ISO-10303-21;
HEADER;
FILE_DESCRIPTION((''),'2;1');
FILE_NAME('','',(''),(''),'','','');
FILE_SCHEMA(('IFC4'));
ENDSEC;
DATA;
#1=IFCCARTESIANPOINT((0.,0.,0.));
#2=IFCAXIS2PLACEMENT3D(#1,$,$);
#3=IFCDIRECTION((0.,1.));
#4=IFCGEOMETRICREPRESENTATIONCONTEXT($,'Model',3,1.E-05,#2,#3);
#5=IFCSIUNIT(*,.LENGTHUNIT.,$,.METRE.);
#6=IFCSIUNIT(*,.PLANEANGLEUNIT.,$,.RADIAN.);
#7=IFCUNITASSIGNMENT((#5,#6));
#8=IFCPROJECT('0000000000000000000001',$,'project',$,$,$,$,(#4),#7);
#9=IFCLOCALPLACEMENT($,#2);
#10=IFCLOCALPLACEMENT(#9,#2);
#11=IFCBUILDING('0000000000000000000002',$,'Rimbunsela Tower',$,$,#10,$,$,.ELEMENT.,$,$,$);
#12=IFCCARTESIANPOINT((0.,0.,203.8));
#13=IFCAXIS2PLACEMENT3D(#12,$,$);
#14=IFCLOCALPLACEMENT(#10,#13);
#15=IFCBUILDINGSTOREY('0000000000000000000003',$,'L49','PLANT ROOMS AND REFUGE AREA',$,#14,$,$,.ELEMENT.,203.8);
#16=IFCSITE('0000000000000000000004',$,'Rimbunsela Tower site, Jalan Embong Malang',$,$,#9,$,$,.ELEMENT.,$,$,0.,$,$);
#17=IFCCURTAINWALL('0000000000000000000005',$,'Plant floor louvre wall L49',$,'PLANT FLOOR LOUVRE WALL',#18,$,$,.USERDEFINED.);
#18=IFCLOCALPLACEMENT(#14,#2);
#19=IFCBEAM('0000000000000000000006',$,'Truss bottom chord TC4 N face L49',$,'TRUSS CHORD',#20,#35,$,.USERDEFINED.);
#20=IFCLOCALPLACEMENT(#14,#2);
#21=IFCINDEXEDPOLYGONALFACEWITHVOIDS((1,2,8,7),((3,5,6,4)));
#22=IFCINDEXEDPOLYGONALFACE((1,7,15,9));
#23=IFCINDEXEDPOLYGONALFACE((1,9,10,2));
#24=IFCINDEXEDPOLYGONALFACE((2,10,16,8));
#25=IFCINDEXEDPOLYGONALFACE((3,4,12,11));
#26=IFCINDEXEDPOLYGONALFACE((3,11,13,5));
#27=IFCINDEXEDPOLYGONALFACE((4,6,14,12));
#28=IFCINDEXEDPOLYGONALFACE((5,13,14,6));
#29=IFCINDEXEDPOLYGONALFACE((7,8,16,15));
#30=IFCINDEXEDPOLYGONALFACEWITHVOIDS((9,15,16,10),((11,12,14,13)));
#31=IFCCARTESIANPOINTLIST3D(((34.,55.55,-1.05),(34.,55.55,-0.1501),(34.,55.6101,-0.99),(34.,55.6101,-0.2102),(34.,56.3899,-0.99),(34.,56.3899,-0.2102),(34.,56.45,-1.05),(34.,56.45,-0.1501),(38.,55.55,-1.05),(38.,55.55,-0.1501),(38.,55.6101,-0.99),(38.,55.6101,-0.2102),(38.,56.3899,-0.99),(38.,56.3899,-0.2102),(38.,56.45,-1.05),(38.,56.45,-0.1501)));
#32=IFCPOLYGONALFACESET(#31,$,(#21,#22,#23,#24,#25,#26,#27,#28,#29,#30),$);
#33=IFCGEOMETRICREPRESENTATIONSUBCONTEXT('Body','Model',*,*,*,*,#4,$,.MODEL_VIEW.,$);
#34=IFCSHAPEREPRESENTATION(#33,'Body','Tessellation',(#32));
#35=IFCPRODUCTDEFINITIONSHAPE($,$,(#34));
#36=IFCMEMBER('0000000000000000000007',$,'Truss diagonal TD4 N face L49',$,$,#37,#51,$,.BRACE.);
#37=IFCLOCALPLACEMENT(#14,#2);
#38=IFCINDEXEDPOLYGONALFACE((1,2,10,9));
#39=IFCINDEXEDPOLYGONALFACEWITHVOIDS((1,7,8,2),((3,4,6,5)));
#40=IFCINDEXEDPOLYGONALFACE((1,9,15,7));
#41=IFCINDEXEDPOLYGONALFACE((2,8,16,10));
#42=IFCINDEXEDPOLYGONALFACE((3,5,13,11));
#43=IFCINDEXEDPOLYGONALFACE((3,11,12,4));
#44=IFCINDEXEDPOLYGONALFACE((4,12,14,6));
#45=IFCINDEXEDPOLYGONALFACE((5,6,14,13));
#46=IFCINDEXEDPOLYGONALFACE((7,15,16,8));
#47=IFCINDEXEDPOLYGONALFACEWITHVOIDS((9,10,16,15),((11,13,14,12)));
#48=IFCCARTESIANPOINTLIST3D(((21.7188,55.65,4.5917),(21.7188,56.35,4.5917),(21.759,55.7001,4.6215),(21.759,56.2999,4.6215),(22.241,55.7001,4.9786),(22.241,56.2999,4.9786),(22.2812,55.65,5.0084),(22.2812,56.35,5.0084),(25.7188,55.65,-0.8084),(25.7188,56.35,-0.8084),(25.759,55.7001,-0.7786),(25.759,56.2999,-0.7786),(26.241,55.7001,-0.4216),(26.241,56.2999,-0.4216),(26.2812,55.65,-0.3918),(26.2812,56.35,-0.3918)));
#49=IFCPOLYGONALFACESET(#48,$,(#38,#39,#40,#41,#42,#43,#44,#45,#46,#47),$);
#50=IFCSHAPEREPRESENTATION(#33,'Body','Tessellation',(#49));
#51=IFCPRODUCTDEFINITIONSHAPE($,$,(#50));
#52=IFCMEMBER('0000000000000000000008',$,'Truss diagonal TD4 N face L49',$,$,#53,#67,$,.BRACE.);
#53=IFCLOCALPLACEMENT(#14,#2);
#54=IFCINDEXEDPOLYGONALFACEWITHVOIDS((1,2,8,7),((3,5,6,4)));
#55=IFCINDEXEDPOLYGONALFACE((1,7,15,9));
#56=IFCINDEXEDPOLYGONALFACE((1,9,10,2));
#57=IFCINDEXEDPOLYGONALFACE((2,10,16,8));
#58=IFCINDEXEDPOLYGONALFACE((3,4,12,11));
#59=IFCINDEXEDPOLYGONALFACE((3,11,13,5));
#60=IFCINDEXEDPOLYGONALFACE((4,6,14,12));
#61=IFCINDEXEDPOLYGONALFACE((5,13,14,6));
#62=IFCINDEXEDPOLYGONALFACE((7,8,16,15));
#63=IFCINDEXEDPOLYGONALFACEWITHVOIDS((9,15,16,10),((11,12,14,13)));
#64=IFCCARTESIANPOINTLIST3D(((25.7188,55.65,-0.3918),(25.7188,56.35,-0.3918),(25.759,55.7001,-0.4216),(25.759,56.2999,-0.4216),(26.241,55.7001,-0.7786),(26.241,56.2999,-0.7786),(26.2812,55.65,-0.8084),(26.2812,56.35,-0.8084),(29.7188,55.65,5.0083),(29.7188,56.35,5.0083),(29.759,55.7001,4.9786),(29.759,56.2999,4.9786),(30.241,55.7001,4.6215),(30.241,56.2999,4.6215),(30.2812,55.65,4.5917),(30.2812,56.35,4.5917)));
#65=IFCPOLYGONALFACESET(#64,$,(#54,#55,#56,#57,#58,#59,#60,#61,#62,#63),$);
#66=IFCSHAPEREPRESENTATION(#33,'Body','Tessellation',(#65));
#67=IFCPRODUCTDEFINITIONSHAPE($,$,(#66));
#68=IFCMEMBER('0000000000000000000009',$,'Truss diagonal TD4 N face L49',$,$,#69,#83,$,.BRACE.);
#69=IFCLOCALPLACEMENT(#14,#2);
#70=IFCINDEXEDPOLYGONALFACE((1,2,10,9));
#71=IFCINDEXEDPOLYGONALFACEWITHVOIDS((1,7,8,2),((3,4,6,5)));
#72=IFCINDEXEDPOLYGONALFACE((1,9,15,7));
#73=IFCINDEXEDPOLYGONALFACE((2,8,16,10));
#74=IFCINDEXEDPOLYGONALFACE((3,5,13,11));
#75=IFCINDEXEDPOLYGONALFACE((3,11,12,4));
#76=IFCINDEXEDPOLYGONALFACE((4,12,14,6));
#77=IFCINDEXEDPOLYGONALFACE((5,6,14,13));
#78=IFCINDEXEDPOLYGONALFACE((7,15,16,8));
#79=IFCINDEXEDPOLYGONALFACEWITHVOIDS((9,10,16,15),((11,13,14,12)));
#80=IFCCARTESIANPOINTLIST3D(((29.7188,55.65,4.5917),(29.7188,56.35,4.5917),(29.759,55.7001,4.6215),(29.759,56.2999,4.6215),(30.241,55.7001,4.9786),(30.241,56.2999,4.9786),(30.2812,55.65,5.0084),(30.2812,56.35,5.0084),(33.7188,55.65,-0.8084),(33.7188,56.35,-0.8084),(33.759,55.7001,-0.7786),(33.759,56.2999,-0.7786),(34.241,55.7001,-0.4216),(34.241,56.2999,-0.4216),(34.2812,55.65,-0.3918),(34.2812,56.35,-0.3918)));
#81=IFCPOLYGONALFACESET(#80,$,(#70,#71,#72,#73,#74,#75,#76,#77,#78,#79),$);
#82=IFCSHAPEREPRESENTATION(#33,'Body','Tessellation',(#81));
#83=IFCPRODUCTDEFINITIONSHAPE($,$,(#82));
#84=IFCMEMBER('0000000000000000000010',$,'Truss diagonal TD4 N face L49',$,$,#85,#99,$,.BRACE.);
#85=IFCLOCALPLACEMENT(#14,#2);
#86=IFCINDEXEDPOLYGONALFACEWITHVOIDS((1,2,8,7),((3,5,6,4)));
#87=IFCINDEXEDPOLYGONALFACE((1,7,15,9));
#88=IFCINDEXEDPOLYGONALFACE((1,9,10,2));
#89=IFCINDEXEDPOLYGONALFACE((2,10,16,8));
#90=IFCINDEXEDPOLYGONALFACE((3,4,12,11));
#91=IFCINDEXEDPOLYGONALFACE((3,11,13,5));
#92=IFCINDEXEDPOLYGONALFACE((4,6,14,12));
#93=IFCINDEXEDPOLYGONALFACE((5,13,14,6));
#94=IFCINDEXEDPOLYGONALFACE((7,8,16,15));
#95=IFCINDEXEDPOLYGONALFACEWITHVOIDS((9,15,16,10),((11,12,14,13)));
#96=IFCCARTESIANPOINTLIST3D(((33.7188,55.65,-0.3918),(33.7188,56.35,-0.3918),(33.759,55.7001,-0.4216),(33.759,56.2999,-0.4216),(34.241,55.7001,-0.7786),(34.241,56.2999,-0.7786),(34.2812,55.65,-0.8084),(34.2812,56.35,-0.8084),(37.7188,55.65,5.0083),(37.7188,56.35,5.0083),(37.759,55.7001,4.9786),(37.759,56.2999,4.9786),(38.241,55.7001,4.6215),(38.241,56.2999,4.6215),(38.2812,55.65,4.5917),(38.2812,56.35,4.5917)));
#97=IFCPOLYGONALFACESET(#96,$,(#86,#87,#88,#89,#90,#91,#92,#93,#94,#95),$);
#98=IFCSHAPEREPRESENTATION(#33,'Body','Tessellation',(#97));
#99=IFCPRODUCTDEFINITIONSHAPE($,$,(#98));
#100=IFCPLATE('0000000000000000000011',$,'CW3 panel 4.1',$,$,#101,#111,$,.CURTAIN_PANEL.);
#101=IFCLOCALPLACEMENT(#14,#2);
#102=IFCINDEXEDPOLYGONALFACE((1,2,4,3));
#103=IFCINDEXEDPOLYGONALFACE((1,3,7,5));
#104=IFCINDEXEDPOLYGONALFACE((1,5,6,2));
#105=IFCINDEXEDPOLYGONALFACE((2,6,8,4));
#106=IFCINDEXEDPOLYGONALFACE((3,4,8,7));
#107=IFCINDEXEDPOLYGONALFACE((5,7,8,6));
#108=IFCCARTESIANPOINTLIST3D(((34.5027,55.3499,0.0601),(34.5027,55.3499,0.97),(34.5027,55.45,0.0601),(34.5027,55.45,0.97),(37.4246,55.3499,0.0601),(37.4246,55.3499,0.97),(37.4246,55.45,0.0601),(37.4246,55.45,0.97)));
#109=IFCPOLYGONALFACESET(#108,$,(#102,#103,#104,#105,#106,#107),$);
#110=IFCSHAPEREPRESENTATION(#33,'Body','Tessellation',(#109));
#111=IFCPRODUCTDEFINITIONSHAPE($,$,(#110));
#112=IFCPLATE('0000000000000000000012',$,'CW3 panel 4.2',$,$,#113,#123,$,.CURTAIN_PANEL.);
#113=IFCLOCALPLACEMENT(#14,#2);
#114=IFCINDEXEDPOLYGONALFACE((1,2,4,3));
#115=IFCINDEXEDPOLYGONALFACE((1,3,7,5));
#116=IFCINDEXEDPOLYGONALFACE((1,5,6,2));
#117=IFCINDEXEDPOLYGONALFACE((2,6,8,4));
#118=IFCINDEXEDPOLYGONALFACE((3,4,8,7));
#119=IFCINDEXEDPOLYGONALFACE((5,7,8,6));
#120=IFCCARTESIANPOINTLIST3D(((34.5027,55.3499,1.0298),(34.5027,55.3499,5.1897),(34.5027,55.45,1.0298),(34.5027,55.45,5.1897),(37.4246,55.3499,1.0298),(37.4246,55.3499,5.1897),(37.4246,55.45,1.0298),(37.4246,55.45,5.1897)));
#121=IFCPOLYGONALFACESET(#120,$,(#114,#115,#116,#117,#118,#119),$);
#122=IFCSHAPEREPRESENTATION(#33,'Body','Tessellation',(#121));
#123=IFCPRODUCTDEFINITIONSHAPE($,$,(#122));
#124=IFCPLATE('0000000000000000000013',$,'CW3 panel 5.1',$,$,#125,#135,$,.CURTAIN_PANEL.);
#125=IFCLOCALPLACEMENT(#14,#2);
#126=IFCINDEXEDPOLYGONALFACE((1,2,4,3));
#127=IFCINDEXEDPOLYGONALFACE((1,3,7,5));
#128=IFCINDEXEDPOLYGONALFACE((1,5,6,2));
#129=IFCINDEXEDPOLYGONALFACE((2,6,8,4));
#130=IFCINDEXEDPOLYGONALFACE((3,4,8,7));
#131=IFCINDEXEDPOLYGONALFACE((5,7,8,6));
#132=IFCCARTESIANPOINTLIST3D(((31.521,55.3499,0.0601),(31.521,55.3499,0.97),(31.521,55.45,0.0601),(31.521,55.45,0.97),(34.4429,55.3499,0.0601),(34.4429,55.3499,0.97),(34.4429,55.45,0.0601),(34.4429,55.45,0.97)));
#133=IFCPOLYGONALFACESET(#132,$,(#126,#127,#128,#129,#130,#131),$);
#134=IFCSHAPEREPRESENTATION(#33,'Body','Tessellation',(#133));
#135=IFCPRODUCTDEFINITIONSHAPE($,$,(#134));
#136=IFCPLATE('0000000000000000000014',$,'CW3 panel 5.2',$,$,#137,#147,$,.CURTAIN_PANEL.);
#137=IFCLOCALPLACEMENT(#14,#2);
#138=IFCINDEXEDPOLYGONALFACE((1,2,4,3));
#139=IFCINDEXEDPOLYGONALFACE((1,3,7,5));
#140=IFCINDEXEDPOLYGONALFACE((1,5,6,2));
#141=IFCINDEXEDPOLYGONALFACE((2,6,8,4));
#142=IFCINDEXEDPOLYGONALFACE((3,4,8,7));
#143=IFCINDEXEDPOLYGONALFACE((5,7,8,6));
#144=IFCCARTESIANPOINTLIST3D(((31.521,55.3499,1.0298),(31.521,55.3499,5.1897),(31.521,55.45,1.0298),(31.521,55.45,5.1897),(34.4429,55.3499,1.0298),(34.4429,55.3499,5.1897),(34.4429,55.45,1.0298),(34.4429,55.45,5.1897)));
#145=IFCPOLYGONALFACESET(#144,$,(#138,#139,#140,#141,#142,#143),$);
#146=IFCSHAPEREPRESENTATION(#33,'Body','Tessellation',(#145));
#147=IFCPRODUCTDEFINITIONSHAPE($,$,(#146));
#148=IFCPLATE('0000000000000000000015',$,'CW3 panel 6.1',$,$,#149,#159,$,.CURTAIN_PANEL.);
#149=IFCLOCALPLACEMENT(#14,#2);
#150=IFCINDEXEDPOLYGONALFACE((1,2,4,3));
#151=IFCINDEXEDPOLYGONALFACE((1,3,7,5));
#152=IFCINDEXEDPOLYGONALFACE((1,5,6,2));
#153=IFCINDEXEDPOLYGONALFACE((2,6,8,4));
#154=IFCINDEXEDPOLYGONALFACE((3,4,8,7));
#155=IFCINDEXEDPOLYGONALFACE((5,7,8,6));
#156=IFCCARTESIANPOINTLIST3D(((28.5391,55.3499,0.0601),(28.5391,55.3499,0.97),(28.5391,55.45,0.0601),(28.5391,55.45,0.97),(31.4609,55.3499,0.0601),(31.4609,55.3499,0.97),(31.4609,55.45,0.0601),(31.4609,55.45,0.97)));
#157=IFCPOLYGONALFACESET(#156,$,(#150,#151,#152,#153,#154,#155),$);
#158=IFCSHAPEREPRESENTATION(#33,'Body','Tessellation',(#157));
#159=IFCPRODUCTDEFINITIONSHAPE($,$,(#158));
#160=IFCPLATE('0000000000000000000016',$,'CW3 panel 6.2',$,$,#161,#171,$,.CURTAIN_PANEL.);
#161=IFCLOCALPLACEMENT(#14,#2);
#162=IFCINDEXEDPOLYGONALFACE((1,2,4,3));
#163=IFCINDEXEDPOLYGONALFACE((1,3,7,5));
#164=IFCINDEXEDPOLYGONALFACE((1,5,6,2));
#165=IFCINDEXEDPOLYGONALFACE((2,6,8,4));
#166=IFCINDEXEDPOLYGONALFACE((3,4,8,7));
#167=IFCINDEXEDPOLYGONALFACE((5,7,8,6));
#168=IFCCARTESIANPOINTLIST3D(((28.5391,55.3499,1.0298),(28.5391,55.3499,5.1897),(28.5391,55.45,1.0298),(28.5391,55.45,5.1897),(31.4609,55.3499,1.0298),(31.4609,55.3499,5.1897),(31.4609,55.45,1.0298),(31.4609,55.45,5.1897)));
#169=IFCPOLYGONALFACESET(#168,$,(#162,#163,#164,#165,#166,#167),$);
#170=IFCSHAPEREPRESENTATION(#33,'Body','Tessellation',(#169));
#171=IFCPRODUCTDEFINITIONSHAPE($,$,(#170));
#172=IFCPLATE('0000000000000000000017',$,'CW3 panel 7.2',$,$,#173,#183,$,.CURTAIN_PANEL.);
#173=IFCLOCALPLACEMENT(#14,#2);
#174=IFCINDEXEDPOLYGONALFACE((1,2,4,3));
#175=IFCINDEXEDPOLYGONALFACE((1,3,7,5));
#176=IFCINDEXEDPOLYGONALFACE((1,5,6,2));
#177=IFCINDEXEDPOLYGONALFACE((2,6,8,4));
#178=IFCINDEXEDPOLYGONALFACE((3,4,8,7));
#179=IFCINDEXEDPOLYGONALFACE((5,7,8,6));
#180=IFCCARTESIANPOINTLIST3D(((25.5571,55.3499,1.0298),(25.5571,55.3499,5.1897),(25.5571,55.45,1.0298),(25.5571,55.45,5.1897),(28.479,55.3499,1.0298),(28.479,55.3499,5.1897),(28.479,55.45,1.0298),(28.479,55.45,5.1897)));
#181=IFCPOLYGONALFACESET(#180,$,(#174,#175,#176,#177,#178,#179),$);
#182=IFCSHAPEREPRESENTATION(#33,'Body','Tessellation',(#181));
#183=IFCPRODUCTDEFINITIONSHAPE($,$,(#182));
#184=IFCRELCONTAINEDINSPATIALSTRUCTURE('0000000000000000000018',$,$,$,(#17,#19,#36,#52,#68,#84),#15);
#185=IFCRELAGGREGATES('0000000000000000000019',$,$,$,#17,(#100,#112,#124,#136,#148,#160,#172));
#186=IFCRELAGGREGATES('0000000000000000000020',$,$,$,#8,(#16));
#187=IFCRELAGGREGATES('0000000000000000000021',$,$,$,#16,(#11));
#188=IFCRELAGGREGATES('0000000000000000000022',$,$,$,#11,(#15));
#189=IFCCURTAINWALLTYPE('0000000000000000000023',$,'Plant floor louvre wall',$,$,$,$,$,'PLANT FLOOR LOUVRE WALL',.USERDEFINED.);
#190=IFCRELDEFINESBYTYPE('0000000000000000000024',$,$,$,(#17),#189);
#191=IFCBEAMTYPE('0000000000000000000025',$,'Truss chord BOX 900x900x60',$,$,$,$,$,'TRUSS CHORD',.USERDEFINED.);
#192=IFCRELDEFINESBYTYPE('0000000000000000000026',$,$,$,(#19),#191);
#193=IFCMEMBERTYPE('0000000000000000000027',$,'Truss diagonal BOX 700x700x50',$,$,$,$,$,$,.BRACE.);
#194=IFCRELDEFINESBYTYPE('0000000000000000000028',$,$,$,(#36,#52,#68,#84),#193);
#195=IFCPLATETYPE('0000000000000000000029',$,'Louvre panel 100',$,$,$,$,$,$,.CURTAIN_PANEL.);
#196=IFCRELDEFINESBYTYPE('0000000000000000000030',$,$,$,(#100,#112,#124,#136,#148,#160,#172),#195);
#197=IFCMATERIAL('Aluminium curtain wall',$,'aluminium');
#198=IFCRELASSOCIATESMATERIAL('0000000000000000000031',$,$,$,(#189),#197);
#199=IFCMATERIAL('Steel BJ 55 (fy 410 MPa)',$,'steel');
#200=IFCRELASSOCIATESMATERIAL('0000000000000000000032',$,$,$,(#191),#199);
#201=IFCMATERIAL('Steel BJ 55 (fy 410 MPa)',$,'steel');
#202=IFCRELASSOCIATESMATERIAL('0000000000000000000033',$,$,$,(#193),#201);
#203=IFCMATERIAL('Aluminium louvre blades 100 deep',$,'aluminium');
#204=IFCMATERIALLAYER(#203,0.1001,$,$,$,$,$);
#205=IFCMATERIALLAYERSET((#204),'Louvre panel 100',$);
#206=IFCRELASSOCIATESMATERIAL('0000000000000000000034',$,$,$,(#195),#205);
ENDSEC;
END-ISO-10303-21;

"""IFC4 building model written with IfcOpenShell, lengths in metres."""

from ifc_helpers import new_model, si_unit, direction, frame, origin, origin_2d, place, context, subcontext, project, spatial, rectangle, hollow_rectangle, extrude, material, layer, layer_set, material_profile, profile_set, type_object, element, aggregate, save


model = new_model("IFC4")

# Units and contexts
model_context = context("Model", 3, precision=1e-05, world=origin(), true_north=direction((0.0, 1.0)))
body_context = subcontext(model_context, "Body", "Model", "MODEL_VIEW")
ifc_project = project(units=[si_unit("LENGTHUNIT", "METRE"), si_unit("PLANEANGLEUNIT", "RADIAN")], contexts=[model_context])

# Site, building, storey
site_placement = place(None, origin())
site = spatial("IfcSite", under=ifc_project, at=site_placement, Name="Rimbunsela Tower site, Jalan Embong Malang", CompositionType="ELEMENT", RefElevation=0.0)
building_placement = place(site_placement, origin())
building = spatial("IfcBuilding", under=site, at=building_placement, Name="Rimbunsela Tower", CompositionType="ELEMENT")
storey_placement = place(building_placement, frame((0.0, 0.0, 203.8)))
storey = spatial("IfcBuildingStorey", under=building, at=storey_placement, Name="L49", Description="PLANT ROOMS AND REFUGE AREA", CompositionType="ELEMENT", Elevation=203.8)

# Curtain wall
ifc_material_1 = material(Name="Aluminium curtain wall", Category="aluminium")
curtain_wall_type = type_object("IfcCurtainWallType", Name="Plant floor louvre wall", ElementType="PLANT FLOOR LOUVRE WALL", PredefinedType="USERDEFINED", material=ifc_material_1)
curtain_wall_placement = place(storey_placement, origin())
curtain_wall = element("IfcCurtainWall", 1, at=curtain_wall_placement, inside=storey, type_object=curtain_wall_type, Name="Plant floor louvre wall L49", ObjectType="PLANT FLOOR LOUVRE WALL", PredefinedType="USERDEFINED")

# Beam
ifc_material_2 = material(Name="Steel BJ 55 (fy 410 MPa)", Category="steel")
ifc_material_profile_1 = material_profile(ifc_material_2, hollow_rectangle(XDim=0.8999, YDim=0.8999, WallThickness=0.0601, at=origin_2d()), Name="BOX 900x900x60")
ifc_profile_set_1 = profile_set([ifc_material_profile_1], Name="Steel BJ 55 (fy 410 MPa)")
beam_type = type_object("IfcBeamType", Name="Truss chord BOX 900x900x60", ElementType="TRUSS CHORD", PredefinedType="USERDEFINED", material=ifc_profile_set_1)
for number, where, z_axis, x_axis, name in (
    (2, (34.0, 56.0, -0.6001), (1.0, 0.0, 0.0), (0.0, 1.0, 0.0), "Truss bottom chord TC4 N face L49"),
):
    element("IfcBeam", number, at=place(storey_placement, frame(where, z_axis=z_axis, x_axis=x_axis)), inside=storey, type_object=beam_type, Name=name, ObjectType="TRUSS CHORD", PredefinedType="USERDEFINED", context=body_context, shape_type="SweptSolid", body=[
        extrude(hollow_rectangle(XDim=0.8999, YDim=0.8999, WallThickness=0.0601, at=origin_2d()), origin(), (0.0, 0.0, 1.0), 4.0),
    ])

# Members
ifc_material_3 = material(Name="Steel BJ 55 (fy 410 MPa)", Category="steel")
ifc_material_profile_2 = material_profile(ifc_material_3, hollow_rectangle(XDim=0.7, YDim=0.7, WallThickness=0.05, at=origin_2d()), Name="BOX 700x700x50")
ifc_profile_set_2 = profile_set([ifc_material_profile_2], Name="Steel BJ 55 (fy 410 MPa)")
member_type_1 = type_object("IfcMemberType", Name="Truss diagonal BOX 700x700x50", PredefinedType="BRACE", material=ifc_profile_set_2)
for number, where, z_axis, x_axis, name in (
    (3, (22.0, 56.0, 4.8), (0.595217, 0.0, -0.803565), (0.0, 1.0, 0.0), "Truss diagonal TD4 N face L49"),
    (4, (26.0, 56.0, -0.6001), (0.595217, 0.0, 0.803565), (0.0, 1.0, 0.0), "Truss diagonal TD4 N face L49"),
    (5, (30.0, 56.0, 4.8), (0.595217, 0.0, -0.803565), (0.0, 1.0, 0.0), "Truss diagonal TD4 N face L49"),
    (6, (34.0, 56.0, -0.6001), (0.595217, 0.0, 0.803565), (0.0, 1.0, 0.0), "Truss diagonal TD4 N face L49"),
):
    element("IfcMember", number, at=place(storey_placement, frame(where, z_axis=z_axis, x_axis=x_axis)), inside=storey, type_object=member_type_1, Name=name, PredefinedType="BRACE", context=body_context, shape_type="SweptSolid", body=[
        extrude(hollow_rectangle(XDim=0.7, YDim=0.7, WallThickness=0.05, at=origin_2d()), origin(), (0.0, 0.0, 1.0), 6.7202),
    ])

# Plates
ifc_material_4 = material(Name="Aluminium louvre blades 100 deep", Category="aluminium")
ifc_layer = layer(ifc_material_4, 0.1001)
ifc_layer_set = layer_set([ifc_layer], Name="Louvre panel 100")
plate_type = type_object("IfcPlateType", Name="Louvre panel 100", PredefinedType="CURTAIN_PANEL", material=ifc_layer_set)
plate_1_placement = place(storey_placement, frame((35.9636, 55.3999, 0.0601), z_axis=(0.0, 0.0, 1.0), x_axis=(-1.0, 0.0, 0.0)))
plate_1 = element("IfcPlate", 7, at=plate_1_placement, type_object=plate_type, Name="CW3 panel 4.1", PredefinedType="CURTAIN_PANEL", context=body_context, shape_type="SweptSolid", body=[
    extrude(rectangle(XDim=2.9219, YDim=0.1001, at=origin_2d()), origin(), (0.0, 0.0, 1.0), 0.9099),
])
plate_2_placement = place(storey_placement, frame((35.9636, 55.3999, 1.0298), z_axis=(0.0, 0.0, 1.0), x_axis=(-1.0, 0.0, 0.0)))
plate_2 = element("IfcPlate", 8, at=plate_2_placement, type_object=plate_type, Name="CW3 panel 4.2", PredefinedType="CURTAIN_PANEL", context=body_context, shape_type="SweptSolid", body=[
    extrude(rectangle(XDim=2.9219, YDim=0.1001, at=origin_2d()), origin(), (0.0, 0.0, 1.0), 4.1599),
])
plate_3_placement = place(storey_placement, frame((32.9819, 55.3999, 0.0601), z_axis=(0.0, 0.0, 1.0), x_axis=(-1.0, 0.0, 0.0)))
plate_3 = element("IfcPlate", 9, at=plate_3_placement, type_object=plate_type, Name="CW3 panel 5.1", PredefinedType="CURTAIN_PANEL", context=body_context, shape_type="SweptSolid", body=[
    extrude(rectangle(XDim=2.9219, YDim=0.1001, at=origin_2d()), origin(), (0.0, 0.0, 1.0), 0.9099),
])
plate_4_placement = place(storey_placement, frame((32.9819, 55.3999, 1.0298), z_axis=(0.0, 0.0, 1.0), x_axis=(-1.0, 0.0, 0.0)))
plate_4 = element("IfcPlate", 10, at=plate_4_placement, type_object=plate_type, Name="CW3 panel 5.2", PredefinedType="CURTAIN_PANEL", context=body_context, shape_type="SweptSolid", body=[
    extrude(rectangle(XDim=2.9219, YDim=0.1001, at=origin_2d()), origin(), (0.0, 0.0, 1.0), 4.1599),
])
plate_5_placement = place(storey_placement, frame((30.0, 55.3999, 0.0601), z_axis=(0.0, 0.0, 1.0), x_axis=(-1.0, 0.0, 0.0)))
plate_5 = element("IfcPlate", 11, at=plate_5_placement, type_object=plate_type, Name="CW3 panel 6.1", PredefinedType="CURTAIN_PANEL", context=body_context, shape_type="SweptSolid", body=[
    extrude(rectangle(XDim=2.9219, YDim=0.1001, at=origin_2d()), origin(), (0.0, 0.0, 1.0), 0.9099),
])
plate_6_placement = place(storey_placement, frame((30.0, 55.3999, 1.0298), z_axis=(0.0, 0.0, 1.0), x_axis=(-1.0, 0.0, 0.0)))
plate_6 = element("IfcPlate", 12, at=plate_6_placement, type_object=plate_type, Name="CW3 panel 6.2", PredefinedType="CURTAIN_PANEL", context=body_context, shape_type="SweptSolid", body=[
    extrude(rectangle(XDim=2.9219, YDim=0.1001, at=origin_2d()), origin(), (0.0, 0.0, 1.0), 4.1599),
])
plate_7_placement = place(storey_placement, frame((27.0181, 55.3999, 1.0298), z_axis=(0.0, 0.0, 1.0), x_axis=(-1.0, 0.0, 0.0)))
plate_7 = element("IfcPlate", 13, at=plate_7_placement, type_object=plate_type, Name="CW3 panel 7.2", PredefinedType="CURTAIN_PANEL", context=body_context, shape_type="SweptSolid", body=[
    extrude(rectangle(XDim=2.9219, YDim=0.1001, at=origin_2d()), origin(), (0.0, 0.0, 1.0), 4.1599),
])
aggregate(curtain_wall, [plate_1, plate_2, plate_3, plate_4, plate_5, plate_6, plate_7])

save(model, "model.ifc")
